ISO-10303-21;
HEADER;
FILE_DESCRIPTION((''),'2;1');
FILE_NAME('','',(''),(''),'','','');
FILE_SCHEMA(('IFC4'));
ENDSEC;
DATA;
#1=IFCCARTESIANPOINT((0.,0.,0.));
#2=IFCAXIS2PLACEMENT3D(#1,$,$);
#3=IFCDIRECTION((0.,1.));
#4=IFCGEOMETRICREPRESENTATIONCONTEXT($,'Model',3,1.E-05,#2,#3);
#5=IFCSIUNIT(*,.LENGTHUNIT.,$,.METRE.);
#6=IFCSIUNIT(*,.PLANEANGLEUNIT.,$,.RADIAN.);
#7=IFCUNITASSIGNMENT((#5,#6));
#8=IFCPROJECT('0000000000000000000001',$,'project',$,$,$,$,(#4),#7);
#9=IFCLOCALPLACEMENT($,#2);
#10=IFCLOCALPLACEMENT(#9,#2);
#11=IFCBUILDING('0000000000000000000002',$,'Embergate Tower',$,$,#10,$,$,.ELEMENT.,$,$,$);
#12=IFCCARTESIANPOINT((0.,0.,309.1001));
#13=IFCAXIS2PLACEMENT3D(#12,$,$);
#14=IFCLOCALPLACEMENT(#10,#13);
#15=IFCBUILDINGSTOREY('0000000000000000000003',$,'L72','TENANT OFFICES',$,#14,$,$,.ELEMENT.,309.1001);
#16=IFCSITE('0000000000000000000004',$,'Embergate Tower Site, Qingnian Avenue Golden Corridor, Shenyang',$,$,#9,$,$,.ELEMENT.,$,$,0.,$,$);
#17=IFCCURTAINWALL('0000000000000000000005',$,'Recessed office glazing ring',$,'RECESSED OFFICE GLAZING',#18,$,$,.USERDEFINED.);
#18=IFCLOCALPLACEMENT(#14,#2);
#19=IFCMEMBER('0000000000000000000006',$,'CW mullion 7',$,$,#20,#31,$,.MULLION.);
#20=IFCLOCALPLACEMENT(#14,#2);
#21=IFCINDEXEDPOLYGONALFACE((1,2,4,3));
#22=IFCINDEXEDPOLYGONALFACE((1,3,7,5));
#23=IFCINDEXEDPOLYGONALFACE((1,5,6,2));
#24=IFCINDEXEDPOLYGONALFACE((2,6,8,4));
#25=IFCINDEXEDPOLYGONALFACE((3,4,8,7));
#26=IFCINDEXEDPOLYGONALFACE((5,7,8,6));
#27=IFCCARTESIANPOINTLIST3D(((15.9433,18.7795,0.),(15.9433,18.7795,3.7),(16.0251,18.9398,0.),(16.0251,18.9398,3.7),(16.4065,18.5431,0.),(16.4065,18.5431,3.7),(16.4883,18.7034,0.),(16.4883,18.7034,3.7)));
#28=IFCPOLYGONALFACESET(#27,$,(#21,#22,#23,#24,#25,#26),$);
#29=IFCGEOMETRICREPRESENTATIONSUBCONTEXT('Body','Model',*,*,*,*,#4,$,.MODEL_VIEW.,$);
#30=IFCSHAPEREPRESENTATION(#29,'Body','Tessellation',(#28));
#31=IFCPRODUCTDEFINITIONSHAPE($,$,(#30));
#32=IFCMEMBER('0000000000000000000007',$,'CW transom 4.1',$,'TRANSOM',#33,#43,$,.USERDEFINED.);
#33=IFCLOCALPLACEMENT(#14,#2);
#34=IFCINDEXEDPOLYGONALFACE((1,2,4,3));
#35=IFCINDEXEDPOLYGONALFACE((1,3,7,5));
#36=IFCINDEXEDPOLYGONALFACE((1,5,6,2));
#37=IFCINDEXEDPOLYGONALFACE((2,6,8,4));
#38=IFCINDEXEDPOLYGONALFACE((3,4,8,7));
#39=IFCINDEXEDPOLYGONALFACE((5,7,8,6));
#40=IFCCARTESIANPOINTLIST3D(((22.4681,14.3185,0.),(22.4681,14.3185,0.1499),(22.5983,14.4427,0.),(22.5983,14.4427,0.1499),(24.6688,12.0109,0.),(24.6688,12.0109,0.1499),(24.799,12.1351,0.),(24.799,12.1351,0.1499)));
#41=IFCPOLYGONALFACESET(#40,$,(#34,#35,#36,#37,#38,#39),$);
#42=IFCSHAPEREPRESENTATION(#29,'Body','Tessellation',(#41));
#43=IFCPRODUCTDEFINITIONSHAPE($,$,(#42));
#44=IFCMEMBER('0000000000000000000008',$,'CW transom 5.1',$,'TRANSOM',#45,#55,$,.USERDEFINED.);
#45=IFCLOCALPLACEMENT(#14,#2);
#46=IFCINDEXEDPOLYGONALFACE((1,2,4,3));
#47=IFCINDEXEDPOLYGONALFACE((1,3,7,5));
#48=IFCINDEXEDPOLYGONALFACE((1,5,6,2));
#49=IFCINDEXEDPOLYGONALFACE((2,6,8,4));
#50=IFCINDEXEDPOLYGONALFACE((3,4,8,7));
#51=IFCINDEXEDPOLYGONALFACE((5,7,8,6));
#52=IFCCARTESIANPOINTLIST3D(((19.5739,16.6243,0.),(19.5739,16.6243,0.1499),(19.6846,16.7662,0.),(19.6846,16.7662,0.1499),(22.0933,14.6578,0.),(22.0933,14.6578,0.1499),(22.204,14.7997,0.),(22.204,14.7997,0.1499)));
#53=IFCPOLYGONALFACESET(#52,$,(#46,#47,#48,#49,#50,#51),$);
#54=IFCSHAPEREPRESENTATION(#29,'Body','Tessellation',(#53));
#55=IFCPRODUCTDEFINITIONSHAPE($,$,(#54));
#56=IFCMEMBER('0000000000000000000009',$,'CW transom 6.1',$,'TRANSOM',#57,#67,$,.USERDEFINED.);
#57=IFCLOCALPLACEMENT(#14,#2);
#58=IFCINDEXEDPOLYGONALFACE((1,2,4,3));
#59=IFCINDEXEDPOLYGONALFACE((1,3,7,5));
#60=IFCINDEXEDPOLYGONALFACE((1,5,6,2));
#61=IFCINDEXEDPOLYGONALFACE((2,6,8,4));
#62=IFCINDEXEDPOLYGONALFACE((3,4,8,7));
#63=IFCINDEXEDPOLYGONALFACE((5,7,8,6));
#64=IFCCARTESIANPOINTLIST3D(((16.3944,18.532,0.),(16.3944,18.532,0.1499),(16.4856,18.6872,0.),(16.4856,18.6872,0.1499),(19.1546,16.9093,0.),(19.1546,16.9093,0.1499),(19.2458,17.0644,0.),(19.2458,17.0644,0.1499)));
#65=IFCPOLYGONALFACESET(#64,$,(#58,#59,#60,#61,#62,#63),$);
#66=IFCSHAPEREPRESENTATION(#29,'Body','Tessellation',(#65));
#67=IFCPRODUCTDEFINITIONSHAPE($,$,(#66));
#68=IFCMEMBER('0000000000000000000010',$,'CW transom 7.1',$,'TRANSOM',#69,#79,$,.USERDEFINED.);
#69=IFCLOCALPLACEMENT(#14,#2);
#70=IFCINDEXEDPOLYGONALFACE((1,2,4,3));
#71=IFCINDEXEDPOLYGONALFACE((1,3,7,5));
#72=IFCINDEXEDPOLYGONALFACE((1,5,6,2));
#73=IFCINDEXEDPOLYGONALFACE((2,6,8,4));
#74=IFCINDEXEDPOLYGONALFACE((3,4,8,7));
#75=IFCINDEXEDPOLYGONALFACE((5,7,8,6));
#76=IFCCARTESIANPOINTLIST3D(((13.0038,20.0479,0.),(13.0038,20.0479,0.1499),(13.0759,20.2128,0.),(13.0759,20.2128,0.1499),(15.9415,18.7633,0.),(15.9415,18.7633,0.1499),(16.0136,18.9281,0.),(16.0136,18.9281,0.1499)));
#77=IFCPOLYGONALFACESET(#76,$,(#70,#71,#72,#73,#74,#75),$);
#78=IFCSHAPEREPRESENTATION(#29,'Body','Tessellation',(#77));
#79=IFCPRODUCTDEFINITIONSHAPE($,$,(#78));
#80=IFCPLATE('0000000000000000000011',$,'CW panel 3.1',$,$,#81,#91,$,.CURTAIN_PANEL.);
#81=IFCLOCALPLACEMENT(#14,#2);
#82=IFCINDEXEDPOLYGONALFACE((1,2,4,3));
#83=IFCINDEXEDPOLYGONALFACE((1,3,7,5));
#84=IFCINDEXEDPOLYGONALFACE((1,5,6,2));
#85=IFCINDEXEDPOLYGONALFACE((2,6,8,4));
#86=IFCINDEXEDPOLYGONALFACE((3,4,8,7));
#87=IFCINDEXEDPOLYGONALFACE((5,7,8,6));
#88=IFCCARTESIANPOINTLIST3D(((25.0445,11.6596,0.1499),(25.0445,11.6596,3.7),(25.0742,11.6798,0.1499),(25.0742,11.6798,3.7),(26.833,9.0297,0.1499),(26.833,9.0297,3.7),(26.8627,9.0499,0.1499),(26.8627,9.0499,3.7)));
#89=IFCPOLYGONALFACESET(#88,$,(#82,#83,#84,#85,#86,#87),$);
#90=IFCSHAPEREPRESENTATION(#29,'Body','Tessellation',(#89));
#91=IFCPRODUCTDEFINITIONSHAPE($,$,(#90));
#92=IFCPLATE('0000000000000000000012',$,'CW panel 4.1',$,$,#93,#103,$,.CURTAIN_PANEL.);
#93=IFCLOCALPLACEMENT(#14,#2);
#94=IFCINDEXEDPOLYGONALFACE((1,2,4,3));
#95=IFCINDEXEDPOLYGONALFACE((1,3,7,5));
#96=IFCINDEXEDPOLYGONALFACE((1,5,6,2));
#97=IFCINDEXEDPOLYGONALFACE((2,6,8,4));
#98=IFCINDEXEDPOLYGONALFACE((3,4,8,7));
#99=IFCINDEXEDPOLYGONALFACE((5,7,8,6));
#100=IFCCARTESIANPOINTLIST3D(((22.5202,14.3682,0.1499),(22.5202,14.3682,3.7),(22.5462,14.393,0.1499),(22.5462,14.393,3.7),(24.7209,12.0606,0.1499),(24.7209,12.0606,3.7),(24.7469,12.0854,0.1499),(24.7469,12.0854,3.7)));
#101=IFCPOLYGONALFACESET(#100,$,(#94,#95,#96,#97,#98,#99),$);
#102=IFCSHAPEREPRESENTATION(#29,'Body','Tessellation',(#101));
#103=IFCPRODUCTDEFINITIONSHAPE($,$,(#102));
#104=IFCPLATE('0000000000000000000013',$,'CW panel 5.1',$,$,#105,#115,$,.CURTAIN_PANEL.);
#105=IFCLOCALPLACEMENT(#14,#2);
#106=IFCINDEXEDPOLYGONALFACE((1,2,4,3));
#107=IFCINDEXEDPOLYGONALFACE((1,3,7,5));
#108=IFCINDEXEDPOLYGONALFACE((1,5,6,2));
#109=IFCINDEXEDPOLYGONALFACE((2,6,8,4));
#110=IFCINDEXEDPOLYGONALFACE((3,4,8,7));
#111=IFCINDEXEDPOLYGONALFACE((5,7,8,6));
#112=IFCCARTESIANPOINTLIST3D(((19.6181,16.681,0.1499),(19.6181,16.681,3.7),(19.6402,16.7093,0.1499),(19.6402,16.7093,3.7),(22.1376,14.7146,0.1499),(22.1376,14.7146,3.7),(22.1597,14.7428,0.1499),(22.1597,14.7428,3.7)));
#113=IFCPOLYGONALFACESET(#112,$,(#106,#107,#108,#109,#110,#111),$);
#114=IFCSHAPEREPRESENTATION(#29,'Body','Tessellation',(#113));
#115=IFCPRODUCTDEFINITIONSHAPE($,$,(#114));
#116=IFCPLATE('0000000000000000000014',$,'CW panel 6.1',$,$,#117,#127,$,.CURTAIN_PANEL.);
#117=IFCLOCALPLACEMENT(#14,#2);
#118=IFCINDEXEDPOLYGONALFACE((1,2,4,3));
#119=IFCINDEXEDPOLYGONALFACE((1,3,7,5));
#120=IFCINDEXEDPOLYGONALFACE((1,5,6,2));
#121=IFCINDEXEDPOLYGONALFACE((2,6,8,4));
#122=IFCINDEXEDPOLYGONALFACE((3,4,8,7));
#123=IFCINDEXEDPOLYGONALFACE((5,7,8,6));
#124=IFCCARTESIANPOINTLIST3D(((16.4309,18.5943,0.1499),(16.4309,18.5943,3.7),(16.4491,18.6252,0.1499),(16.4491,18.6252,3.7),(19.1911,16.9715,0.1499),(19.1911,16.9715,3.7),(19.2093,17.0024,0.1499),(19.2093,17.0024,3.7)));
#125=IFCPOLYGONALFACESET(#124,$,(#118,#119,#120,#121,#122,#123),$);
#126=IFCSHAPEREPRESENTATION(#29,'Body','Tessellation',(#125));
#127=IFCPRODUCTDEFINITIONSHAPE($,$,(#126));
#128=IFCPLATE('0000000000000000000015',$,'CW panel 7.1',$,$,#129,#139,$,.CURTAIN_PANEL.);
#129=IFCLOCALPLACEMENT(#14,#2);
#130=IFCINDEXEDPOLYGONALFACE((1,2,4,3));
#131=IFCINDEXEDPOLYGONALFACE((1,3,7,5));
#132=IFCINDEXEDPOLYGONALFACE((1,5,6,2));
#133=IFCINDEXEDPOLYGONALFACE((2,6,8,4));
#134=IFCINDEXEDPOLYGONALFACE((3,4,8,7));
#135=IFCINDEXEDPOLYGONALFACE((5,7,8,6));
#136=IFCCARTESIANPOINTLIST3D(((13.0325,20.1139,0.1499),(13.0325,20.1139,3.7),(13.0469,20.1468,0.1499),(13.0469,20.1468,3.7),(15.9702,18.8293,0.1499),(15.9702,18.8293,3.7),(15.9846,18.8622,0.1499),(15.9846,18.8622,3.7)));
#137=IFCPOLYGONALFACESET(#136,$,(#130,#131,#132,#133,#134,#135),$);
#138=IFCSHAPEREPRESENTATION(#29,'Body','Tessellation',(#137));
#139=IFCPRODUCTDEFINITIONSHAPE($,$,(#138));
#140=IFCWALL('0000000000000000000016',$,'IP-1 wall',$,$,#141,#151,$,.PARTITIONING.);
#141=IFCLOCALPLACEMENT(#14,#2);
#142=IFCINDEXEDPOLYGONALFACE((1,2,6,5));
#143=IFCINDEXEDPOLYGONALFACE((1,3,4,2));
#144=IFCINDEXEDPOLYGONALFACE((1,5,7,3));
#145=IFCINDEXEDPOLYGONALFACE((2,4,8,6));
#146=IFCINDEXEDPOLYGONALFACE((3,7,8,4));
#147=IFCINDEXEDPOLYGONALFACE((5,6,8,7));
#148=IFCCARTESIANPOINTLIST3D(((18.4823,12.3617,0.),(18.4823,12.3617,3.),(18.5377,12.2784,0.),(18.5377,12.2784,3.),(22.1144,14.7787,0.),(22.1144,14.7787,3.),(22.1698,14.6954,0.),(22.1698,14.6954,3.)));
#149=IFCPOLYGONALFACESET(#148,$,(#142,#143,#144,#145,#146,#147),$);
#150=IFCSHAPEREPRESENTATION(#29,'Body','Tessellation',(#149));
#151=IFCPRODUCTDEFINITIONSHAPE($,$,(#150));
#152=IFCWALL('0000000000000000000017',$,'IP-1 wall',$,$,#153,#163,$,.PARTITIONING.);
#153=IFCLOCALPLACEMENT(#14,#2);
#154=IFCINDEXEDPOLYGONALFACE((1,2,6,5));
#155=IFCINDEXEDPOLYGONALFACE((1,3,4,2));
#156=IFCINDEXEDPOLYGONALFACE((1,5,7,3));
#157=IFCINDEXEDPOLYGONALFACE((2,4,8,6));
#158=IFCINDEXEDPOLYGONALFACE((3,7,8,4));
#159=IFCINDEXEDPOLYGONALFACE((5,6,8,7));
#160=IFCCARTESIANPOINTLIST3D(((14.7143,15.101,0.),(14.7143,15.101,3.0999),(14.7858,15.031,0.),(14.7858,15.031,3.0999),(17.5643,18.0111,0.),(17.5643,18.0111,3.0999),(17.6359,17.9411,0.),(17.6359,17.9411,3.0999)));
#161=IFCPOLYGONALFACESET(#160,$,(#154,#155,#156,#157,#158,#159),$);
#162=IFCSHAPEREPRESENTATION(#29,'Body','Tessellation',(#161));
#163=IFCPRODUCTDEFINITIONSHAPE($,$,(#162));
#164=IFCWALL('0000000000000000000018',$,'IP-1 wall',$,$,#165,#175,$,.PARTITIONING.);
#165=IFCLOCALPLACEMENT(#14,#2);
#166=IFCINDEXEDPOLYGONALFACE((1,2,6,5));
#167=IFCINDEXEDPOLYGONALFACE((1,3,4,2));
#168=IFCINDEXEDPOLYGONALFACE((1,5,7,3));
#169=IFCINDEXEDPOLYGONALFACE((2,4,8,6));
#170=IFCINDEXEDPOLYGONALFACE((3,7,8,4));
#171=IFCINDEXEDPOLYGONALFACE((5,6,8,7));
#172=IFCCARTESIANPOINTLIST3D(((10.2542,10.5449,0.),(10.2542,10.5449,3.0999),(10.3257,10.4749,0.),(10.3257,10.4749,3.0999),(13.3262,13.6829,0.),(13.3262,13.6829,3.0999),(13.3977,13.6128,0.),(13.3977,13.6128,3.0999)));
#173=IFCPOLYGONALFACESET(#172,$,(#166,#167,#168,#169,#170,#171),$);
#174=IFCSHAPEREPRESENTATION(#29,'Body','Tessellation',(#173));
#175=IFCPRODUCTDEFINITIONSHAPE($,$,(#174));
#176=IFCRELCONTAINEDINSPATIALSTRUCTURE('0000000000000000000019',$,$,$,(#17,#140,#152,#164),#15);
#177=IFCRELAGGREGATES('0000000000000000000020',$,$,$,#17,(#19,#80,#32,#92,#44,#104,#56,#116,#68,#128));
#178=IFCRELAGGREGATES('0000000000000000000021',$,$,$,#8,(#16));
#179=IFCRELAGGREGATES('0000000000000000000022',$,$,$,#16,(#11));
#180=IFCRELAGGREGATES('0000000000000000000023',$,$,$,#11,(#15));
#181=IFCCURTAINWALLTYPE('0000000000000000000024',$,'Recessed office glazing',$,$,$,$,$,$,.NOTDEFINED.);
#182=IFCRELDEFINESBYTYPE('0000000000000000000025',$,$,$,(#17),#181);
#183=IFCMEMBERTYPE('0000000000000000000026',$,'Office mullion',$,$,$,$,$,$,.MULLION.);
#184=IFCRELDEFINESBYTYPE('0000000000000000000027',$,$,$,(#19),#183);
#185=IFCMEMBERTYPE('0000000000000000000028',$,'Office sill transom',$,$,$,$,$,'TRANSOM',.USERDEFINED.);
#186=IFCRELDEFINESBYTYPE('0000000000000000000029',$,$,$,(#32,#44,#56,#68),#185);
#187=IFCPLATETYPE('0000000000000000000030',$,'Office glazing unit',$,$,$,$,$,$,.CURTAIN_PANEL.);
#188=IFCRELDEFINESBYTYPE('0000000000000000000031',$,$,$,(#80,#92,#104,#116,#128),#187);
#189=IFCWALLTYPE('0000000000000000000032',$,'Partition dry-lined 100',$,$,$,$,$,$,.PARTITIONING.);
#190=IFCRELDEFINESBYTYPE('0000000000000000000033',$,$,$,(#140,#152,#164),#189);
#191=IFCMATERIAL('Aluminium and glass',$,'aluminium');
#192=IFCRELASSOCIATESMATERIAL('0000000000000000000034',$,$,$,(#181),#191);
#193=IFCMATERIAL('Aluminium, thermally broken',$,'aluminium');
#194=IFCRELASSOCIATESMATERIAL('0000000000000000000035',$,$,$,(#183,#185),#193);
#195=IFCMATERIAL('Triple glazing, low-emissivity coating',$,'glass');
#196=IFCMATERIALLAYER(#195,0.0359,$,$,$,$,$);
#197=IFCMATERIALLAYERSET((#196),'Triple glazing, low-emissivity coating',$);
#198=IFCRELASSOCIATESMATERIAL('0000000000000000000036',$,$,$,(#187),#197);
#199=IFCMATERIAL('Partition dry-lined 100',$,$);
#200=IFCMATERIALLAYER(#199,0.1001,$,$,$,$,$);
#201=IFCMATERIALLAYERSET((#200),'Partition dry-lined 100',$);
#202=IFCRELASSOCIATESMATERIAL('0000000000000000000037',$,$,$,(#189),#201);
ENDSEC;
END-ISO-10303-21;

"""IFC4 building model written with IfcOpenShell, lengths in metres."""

from ifc_helpers import new_model, si_unit, direction, frame, frame_2d, origin, origin_2d, place, context, subcontext, project, spatial, rectangle, extrude, source, transform, mapped, material, layer, layer_set, material_profile, profile_set, type_object, element, aggregate, save


model = new_model("IFC4")

# Units and contexts
model_context = context("Model", 3, precision=1e-05, world=origin(), true_north=direction((0.0, 1.0)))
body_context = subcontext(model_context, "Body", "Model", "MODEL_VIEW")
ifc_project = project(units=[si_unit("LENGTHUNIT", "METRE"), si_unit("PLANEANGLEUNIT", "RADIAN")], contexts=[model_context])

# Site, building, storey
site_placement = place(None, origin())
site = spatial("IfcSite", under=ifc_project, at=site_placement, Name="Embergate Tower Site, Qingnian Avenue Golden Corridor, Shenyang", CompositionType="ELEMENT", RefElevation=0.0)
building_placement = place(site_placement, origin())
building = spatial("IfcBuilding", under=site, at=building_placement, Name="Embergate Tower", CompositionType="ELEMENT")
storey_placement = place(building_placement, frame((0.0, 0.0, 309.1001)))
storey = spatial("IfcBuildingStorey", under=building, at=storey_placement, Name="L72", Description="TENANT OFFICES", CompositionType="ELEMENT", Elevation=309.1001)

# Curtain wall, members, plates
ifc_material_1 = material(Name="Aluminium and glass", Category="aluminium")
curtain_wall_type = type_object("IfcCurtainWallType", Name="Recessed office glazing", PredefinedType="NOTDEFINED", material=ifc_material_1)
curtain_wall_placement = place(storey_placement, origin())
curtain_wall = element("IfcCurtainWall", 1, at=curtain_wall_placement, inside=storey, type_object=curtain_wall_type, Name="Recessed office glazing ring", ObjectType="RECESSED OFFICE GLAZING", PredefinedType="USERDEFINED")
ifc_material_2 = material(Name="Aluminium, thermally broken", Category="aluminium")
ifc_material_profile_1 = material_profile(ifc_material_2, rectangle(XDim=0.1799, YDim=0.52, at=origin_2d()), Name="AL 520x180")
ifc_profile_set_1 = profile_set([ifc_material_profile_1], Name="Aluminium, thermally broken")
member_type_1 = type_object("IfcMemberType", Name="Office mullion", PredefinedType="MULLION", material=ifc_profile_set_1)
shared_shape_1 = source(origin(), body_context, "Body", "SweptSolid", [
    extrude(rectangle(XDim=0.1799, YDim=0.52, at=origin_2d()), origin(), (0.0, 0.0, 1.0), 3.7),
])
member_1_placement = place(storey_placement, frame((16.2158, 18.7415, 0.0), z_axis=(0.0, 0.0, 1.0), x_axis=(-0.454508, -0.890743, 0.0)))
member_1 = element("IfcMember", 2, at=member_1_placement, type_object=member_type_1, Name="CW mullion 7", PredefinedType="MULLION", context=body_context, shape_type="MappedRepresentation", body=[
    mapped(shared_shape_1, transform((0.0, 0.0, 0.0))),
])
ifc_material_profile_2 = material_profile(ifc_material_2, rectangle(XDim=0.1799, YDim=0.1499, at=origin_2d()), Name="AL 150x180")
ifc_profile_set_2 = profile_set([ifc_material_profile_2], Name="Aluminium, thermally broken")
member_type_2 = type_object("IfcMemberType", Name="Office sill transom", ElementType="TRANSOM", PredefinedType="USERDEFINED", material=ifc_profile_set_2)
shared_shape_2 = source(origin(), body_context, "Body", "SweptSolid", [
    extrude(rectangle(XDim=0.1799, YDim=0.1499, at=origin_2d()), origin(), (0.0, 0.0, 1.0), 3.1887),
])
member_2_placement = place(storey_placement, frame((24.7339, 12.073, 0.075), z_axis=(-0.690141, 0.723675, 0.0), x_axis=(-0.723675, -0.690141, 0.0)))
member_2 = element("IfcMember", 3, at=member_2_placement, type_object=member_type_2, Name="CW transom 4.1", ObjectType="TRANSOM", PredefinedType="USERDEFINED", context=body_context, shape_type="MappedRepresentation", body=[
    mapped(shared_shape_2, transform((0.0, 0.0, 0.0))),
])
shared_shape_3 = source(origin(), body_context, "Body", "SweptSolid", [
    extrude(rectangle(XDim=0.1799, YDim=0.1499, at=origin_2d()), origin(), (0.0, 0.0, 1.0), 3.196),
])
member_3_placement = place(storey_placement, frame((22.1487, 14.7288, 0.075), z_axis=(-0.788302, 0.615288, 0.0), x_axis=(-0.615288, -0.788302, 0.0)))
member_3 = element("IfcMember", 4, at=member_3_placement, type_object=member_type_2, Name="CW transom 5.1", ObjectType="TRANSOM", PredefinedType="USERDEFINED", context=body_context, shape_type="MappedRepresentation", body=[
    mapped(shared_shape_3, transform((0.0, 0.0, 0.0))),
])
shared_shape_4 = source(origin(), body_context, "Body", "SweptSolid", [
    extrude(rectangle(XDim=0.1799, YDim=0.1499, at=origin_2d()), origin(), (0.0, 0.0, 1.0), 3.2019),
])
member_4_placement = place(storey_placement, frame((19.2002, 16.9868, 0.075), z_axis=(-0.862054, 0.506817, 0.0), x_axis=(-0.506817, -0.862054, 0.0)))
member_4 = element("IfcMember", 5, at=member_4_placement, type_object=member_type_2, Name="CW transom 6.1", ObjectType="TRANSOM", PredefinedType="USERDEFINED", context=body_context, shape_type="MappedRepresentation", body=[
    mapped(shared_shape_4, transform((0.0, 0.0, 0.0))),
])
shared_shape_5 = source(origin(), body_context, "Body", "SweptSolid", [
    extrude(rectangle(XDim=0.1799, YDim=0.1499, at=origin_2d()), origin(), (0.0, 0.0, 1.0), 3.2063),
])
member_5_placement = place(storey_placement, frame((15.9775, 18.8457, 0.075), z_axis=(-0.916225, 0.400663, 0.0), x_axis=(-0.400663, -0.916225, 0.0)))
member_5 = element("IfcMember", 6, at=member_5_placement, type_object=member_type_2, Name="CW transom 7.1", ObjectType="TRANSOM", PredefinedType="USERDEFINED", context=body_context, shape_type="MappedRepresentation", body=[
    mapped(shared_shape_5, transform((0.0, 0.0, 0.0))),
])
ifc_material_3 = material(Name="Triple glazing, low-emissivity coating", Category="glass")
ifc_layer_1 = layer(ifc_material_3, 0.0359)
ifc_layer_set_1 = layer_set([ifc_layer_1], Name="Triple glazing, low-emissivity coating")
plate_type = type_object("IfcPlateType", Name="Office glazing unit", PredefinedType="CURTAIN_PANEL", material=ifc_layer_set_1)
shared_shape_6 = source(origin(), body_context, "Body", "SweptSolid", [
    extrude(rectangle(XDim=3.1804, YDim=0.0359, at=origin_2d()), origin(), (0.0, 0.0, 1.0), 3.55),
])
plate_1_placement = place(storey_placement, frame((25.9536, 10.3547, 0.1499), z_axis=(0.0, 0.0, 1.0), x_axis=(-0.562342, 0.826905, 0.0)))
plate_1 = element("IfcPlate", 7, at=plate_1_placement, type_object=plate_type, Name="CW panel 3.1", PredefinedType="CURTAIN_PANEL", context=body_context, shape_type="MappedRepresentation", body=[
    mapped(shared_shape_6, transform((0.0, 0.0, 0.0))),
])
shared_shape_7 = source(origin(), body_context, "Body", "SweptSolid", [
    extrude(rectangle(XDim=3.1887, YDim=0.0359, at=origin_2d()), origin(), (0.0, 0.0, 1.0), 3.55),
])
plate_2_placement = place(storey_placement, frame((23.6335, 13.2268, 0.1499), z_axis=(0.0, 0.0, 1.0), x_axis=(-0.690133, 0.723683, 0.0)))
plate_2 = element("IfcPlate", 8, at=plate_2_placement, type_object=plate_type, Name="CW panel 4.1", PredefinedType="CURTAIN_PANEL", context=body_context, shape_type="MappedRepresentation", body=[
    mapped(shared_shape_7, transform((0.0, 0.0, 0.0))),
])
shared_shape_8 = source(origin(), body_context, "Body", "SweptSolid", [
    extrude(rectangle(XDim=3.196, YDim=0.0359, at=origin_2d()), origin(), (0.0, 0.0, 1.0), 3.55),
])
plate_3_placement = place(storey_placement, frame((20.8889, 15.7119, 0.1499), z_axis=(0.0, 0.0, 1.0), x_axis=(-0.788318, 0.615268, 0.0)))
plate_3 = element("IfcPlate", 9, at=plate_3_placement, type_object=plate_type, Name="CW panel 5.1", PredefinedType="CURTAIN_PANEL", context=body_context, shape_type="MappedRepresentation", body=[
    mapped(shared_shape_8, transform((0.0, 0.0, 0.0))),
])
shared_shape_9 = source(origin(), body_context, "Body", "SweptSolid", [
    extrude(rectangle(XDim=3.2019, YDim=0.0359, at=origin_2d()), origin(), (0.0, 0.0, 1.0), 3.55),
])
plate_4_placement = place(storey_placement, frame((17.8201, 17.7983, 0.1499), z_axis=(0.0, 0.0, 1.0), x_axis=(-0.862051, 0.506822, 0.0)))
plate_4 = element("IfcPlate", 10, at=plate_4_placement, type_object=plate_type, Name="CW panel 6.1", PredefinedType="CURTAIN_PANEL", context=body_context, shape_type="MappedRepresentation", body=[
    mapped(shared_shape_9, transform((0.0, 0.0, 0.0))),
])
shared_shape_10 = source(origin(), body_context, "Body", "SweptSolid", [
    extrude(rectangle(XDim=3.2063, YDim=0.0359, at=origin_2d()), origin(), (0.0, 0.0, 1.0), 3.55),
])
plate_5_placement = place(storey_placement, frame((14.5085, 19.488, 0.1499), z_axis=(0.0, 0.0, 1.0), x_axis=(-0.916234, 0.400643, 0.0)))
plate_5 = element("IfcPlate", 11, at=plate_5_placement, type_object=plate_type, Name="CW panel 7.1", PredefinedType="CURTAIN_PANEL", context=body_context, shape_type="MappedRepresentation", body=[
    mapped(shared_shape_10, transform((0.0, 0.0, 0.0))),
])
aggregate(curtain_wall, [member_1, plate_1, member_2, plate_2, member_3, plate_3, member_4, plate_4, member_5, plate_5])

# Walls
ifc_material_4 = material(Name="Partition dry-lined 100")
ifc_layer_2 = layer(ifc_material_4, 0.1001)
ifc_layer_set_2 = layer_set([ifc_layer_2], Name="Partition dry-lined 100")
wall_type = type_object("IfcWallType", Name="Partition dry-lined 100", PredefinedType="PARTITIONING", material=ifc_layer_set_2)
shared_shape_11 = source(origin(), body_context, "Body", "SweptSolid", [
    extrude(rectangle(XDim=4.3628, YDim=0.1001, at=frame_2d((2.1814, 0.0))), origin(), (0.0, 0.0, 1.0), 3.0),
])
wall_1_placement = place(storey_placement, frame((18.51, 12.3201, 0.0), z_axis=(0.0, 0.0, 1.0), x_axis=(0.832515, 0.554003, 0.0)))
element("IfcWall", 12, at=wall_1_placement, inside=storey, type_object=wall_type, Name="IP-1 wall", PredefinedType="PARTITIONING", context=body_context, shape_type="MappedRepresentation", body=[
    mapped(shared_shape_11, transform((0.0, 0.0, 0.0))),
])
shared_shape_12 = source(origin(), body_context, "Body", "SweptSolid", [
    extrude(rectangle(XDim=4.0732, YDim=0.1001, at=frame_2d((2.0366, 0.0))), origin(), (0.0, 0.0, 1.0), 3.0999),
])
wall_2_placement = place(storey_placement, frame((17.6001, 17.9761, 0.0), z_axis=(0.0, 0.0, 1.0), x_axis=(-0.699696, -0.714441, 0.0)))
element("IfcWall", 13, at=wall_2_placement, inside=storey, type_object=wall_type, Name="IP-1 wall", PredefinedType="PARTITIONING", context=body_context, shape_type="MappedRepresentation", body=[
    mapped(shared_shape_12, transform((0.0, 0.0, 0.0))),
])
shared_shape_13 = source(origin(), body_context, "Body", "SweptSolid", [
    extrude(rectangle(XDim=4.3914, YDim=0.1001, at=frame_2d((2.1958, 0.0))), origin(), (0.0, 0.0, 1.0), 3.0999),
])
wall_3_placement = place(storey_placement, frame((13.3621, 13.6479, 0.0), z_axis=(0.0, 0.0, 1.0), x_axis=(-0.699562, -0.714572, 0.0)))
element("IfcWall", 14, at=wall_3_placement, inside=storey, type_object=wall_type, Name="IP-1 wall", PredefinedType="PARTITIONING", context=body_context, shape_type="MappedRepresentation", body=[
    mapped(shared_shape_13, transform((0.0, 0.0, 0.0))),
])

save(model, "model.ifc")
